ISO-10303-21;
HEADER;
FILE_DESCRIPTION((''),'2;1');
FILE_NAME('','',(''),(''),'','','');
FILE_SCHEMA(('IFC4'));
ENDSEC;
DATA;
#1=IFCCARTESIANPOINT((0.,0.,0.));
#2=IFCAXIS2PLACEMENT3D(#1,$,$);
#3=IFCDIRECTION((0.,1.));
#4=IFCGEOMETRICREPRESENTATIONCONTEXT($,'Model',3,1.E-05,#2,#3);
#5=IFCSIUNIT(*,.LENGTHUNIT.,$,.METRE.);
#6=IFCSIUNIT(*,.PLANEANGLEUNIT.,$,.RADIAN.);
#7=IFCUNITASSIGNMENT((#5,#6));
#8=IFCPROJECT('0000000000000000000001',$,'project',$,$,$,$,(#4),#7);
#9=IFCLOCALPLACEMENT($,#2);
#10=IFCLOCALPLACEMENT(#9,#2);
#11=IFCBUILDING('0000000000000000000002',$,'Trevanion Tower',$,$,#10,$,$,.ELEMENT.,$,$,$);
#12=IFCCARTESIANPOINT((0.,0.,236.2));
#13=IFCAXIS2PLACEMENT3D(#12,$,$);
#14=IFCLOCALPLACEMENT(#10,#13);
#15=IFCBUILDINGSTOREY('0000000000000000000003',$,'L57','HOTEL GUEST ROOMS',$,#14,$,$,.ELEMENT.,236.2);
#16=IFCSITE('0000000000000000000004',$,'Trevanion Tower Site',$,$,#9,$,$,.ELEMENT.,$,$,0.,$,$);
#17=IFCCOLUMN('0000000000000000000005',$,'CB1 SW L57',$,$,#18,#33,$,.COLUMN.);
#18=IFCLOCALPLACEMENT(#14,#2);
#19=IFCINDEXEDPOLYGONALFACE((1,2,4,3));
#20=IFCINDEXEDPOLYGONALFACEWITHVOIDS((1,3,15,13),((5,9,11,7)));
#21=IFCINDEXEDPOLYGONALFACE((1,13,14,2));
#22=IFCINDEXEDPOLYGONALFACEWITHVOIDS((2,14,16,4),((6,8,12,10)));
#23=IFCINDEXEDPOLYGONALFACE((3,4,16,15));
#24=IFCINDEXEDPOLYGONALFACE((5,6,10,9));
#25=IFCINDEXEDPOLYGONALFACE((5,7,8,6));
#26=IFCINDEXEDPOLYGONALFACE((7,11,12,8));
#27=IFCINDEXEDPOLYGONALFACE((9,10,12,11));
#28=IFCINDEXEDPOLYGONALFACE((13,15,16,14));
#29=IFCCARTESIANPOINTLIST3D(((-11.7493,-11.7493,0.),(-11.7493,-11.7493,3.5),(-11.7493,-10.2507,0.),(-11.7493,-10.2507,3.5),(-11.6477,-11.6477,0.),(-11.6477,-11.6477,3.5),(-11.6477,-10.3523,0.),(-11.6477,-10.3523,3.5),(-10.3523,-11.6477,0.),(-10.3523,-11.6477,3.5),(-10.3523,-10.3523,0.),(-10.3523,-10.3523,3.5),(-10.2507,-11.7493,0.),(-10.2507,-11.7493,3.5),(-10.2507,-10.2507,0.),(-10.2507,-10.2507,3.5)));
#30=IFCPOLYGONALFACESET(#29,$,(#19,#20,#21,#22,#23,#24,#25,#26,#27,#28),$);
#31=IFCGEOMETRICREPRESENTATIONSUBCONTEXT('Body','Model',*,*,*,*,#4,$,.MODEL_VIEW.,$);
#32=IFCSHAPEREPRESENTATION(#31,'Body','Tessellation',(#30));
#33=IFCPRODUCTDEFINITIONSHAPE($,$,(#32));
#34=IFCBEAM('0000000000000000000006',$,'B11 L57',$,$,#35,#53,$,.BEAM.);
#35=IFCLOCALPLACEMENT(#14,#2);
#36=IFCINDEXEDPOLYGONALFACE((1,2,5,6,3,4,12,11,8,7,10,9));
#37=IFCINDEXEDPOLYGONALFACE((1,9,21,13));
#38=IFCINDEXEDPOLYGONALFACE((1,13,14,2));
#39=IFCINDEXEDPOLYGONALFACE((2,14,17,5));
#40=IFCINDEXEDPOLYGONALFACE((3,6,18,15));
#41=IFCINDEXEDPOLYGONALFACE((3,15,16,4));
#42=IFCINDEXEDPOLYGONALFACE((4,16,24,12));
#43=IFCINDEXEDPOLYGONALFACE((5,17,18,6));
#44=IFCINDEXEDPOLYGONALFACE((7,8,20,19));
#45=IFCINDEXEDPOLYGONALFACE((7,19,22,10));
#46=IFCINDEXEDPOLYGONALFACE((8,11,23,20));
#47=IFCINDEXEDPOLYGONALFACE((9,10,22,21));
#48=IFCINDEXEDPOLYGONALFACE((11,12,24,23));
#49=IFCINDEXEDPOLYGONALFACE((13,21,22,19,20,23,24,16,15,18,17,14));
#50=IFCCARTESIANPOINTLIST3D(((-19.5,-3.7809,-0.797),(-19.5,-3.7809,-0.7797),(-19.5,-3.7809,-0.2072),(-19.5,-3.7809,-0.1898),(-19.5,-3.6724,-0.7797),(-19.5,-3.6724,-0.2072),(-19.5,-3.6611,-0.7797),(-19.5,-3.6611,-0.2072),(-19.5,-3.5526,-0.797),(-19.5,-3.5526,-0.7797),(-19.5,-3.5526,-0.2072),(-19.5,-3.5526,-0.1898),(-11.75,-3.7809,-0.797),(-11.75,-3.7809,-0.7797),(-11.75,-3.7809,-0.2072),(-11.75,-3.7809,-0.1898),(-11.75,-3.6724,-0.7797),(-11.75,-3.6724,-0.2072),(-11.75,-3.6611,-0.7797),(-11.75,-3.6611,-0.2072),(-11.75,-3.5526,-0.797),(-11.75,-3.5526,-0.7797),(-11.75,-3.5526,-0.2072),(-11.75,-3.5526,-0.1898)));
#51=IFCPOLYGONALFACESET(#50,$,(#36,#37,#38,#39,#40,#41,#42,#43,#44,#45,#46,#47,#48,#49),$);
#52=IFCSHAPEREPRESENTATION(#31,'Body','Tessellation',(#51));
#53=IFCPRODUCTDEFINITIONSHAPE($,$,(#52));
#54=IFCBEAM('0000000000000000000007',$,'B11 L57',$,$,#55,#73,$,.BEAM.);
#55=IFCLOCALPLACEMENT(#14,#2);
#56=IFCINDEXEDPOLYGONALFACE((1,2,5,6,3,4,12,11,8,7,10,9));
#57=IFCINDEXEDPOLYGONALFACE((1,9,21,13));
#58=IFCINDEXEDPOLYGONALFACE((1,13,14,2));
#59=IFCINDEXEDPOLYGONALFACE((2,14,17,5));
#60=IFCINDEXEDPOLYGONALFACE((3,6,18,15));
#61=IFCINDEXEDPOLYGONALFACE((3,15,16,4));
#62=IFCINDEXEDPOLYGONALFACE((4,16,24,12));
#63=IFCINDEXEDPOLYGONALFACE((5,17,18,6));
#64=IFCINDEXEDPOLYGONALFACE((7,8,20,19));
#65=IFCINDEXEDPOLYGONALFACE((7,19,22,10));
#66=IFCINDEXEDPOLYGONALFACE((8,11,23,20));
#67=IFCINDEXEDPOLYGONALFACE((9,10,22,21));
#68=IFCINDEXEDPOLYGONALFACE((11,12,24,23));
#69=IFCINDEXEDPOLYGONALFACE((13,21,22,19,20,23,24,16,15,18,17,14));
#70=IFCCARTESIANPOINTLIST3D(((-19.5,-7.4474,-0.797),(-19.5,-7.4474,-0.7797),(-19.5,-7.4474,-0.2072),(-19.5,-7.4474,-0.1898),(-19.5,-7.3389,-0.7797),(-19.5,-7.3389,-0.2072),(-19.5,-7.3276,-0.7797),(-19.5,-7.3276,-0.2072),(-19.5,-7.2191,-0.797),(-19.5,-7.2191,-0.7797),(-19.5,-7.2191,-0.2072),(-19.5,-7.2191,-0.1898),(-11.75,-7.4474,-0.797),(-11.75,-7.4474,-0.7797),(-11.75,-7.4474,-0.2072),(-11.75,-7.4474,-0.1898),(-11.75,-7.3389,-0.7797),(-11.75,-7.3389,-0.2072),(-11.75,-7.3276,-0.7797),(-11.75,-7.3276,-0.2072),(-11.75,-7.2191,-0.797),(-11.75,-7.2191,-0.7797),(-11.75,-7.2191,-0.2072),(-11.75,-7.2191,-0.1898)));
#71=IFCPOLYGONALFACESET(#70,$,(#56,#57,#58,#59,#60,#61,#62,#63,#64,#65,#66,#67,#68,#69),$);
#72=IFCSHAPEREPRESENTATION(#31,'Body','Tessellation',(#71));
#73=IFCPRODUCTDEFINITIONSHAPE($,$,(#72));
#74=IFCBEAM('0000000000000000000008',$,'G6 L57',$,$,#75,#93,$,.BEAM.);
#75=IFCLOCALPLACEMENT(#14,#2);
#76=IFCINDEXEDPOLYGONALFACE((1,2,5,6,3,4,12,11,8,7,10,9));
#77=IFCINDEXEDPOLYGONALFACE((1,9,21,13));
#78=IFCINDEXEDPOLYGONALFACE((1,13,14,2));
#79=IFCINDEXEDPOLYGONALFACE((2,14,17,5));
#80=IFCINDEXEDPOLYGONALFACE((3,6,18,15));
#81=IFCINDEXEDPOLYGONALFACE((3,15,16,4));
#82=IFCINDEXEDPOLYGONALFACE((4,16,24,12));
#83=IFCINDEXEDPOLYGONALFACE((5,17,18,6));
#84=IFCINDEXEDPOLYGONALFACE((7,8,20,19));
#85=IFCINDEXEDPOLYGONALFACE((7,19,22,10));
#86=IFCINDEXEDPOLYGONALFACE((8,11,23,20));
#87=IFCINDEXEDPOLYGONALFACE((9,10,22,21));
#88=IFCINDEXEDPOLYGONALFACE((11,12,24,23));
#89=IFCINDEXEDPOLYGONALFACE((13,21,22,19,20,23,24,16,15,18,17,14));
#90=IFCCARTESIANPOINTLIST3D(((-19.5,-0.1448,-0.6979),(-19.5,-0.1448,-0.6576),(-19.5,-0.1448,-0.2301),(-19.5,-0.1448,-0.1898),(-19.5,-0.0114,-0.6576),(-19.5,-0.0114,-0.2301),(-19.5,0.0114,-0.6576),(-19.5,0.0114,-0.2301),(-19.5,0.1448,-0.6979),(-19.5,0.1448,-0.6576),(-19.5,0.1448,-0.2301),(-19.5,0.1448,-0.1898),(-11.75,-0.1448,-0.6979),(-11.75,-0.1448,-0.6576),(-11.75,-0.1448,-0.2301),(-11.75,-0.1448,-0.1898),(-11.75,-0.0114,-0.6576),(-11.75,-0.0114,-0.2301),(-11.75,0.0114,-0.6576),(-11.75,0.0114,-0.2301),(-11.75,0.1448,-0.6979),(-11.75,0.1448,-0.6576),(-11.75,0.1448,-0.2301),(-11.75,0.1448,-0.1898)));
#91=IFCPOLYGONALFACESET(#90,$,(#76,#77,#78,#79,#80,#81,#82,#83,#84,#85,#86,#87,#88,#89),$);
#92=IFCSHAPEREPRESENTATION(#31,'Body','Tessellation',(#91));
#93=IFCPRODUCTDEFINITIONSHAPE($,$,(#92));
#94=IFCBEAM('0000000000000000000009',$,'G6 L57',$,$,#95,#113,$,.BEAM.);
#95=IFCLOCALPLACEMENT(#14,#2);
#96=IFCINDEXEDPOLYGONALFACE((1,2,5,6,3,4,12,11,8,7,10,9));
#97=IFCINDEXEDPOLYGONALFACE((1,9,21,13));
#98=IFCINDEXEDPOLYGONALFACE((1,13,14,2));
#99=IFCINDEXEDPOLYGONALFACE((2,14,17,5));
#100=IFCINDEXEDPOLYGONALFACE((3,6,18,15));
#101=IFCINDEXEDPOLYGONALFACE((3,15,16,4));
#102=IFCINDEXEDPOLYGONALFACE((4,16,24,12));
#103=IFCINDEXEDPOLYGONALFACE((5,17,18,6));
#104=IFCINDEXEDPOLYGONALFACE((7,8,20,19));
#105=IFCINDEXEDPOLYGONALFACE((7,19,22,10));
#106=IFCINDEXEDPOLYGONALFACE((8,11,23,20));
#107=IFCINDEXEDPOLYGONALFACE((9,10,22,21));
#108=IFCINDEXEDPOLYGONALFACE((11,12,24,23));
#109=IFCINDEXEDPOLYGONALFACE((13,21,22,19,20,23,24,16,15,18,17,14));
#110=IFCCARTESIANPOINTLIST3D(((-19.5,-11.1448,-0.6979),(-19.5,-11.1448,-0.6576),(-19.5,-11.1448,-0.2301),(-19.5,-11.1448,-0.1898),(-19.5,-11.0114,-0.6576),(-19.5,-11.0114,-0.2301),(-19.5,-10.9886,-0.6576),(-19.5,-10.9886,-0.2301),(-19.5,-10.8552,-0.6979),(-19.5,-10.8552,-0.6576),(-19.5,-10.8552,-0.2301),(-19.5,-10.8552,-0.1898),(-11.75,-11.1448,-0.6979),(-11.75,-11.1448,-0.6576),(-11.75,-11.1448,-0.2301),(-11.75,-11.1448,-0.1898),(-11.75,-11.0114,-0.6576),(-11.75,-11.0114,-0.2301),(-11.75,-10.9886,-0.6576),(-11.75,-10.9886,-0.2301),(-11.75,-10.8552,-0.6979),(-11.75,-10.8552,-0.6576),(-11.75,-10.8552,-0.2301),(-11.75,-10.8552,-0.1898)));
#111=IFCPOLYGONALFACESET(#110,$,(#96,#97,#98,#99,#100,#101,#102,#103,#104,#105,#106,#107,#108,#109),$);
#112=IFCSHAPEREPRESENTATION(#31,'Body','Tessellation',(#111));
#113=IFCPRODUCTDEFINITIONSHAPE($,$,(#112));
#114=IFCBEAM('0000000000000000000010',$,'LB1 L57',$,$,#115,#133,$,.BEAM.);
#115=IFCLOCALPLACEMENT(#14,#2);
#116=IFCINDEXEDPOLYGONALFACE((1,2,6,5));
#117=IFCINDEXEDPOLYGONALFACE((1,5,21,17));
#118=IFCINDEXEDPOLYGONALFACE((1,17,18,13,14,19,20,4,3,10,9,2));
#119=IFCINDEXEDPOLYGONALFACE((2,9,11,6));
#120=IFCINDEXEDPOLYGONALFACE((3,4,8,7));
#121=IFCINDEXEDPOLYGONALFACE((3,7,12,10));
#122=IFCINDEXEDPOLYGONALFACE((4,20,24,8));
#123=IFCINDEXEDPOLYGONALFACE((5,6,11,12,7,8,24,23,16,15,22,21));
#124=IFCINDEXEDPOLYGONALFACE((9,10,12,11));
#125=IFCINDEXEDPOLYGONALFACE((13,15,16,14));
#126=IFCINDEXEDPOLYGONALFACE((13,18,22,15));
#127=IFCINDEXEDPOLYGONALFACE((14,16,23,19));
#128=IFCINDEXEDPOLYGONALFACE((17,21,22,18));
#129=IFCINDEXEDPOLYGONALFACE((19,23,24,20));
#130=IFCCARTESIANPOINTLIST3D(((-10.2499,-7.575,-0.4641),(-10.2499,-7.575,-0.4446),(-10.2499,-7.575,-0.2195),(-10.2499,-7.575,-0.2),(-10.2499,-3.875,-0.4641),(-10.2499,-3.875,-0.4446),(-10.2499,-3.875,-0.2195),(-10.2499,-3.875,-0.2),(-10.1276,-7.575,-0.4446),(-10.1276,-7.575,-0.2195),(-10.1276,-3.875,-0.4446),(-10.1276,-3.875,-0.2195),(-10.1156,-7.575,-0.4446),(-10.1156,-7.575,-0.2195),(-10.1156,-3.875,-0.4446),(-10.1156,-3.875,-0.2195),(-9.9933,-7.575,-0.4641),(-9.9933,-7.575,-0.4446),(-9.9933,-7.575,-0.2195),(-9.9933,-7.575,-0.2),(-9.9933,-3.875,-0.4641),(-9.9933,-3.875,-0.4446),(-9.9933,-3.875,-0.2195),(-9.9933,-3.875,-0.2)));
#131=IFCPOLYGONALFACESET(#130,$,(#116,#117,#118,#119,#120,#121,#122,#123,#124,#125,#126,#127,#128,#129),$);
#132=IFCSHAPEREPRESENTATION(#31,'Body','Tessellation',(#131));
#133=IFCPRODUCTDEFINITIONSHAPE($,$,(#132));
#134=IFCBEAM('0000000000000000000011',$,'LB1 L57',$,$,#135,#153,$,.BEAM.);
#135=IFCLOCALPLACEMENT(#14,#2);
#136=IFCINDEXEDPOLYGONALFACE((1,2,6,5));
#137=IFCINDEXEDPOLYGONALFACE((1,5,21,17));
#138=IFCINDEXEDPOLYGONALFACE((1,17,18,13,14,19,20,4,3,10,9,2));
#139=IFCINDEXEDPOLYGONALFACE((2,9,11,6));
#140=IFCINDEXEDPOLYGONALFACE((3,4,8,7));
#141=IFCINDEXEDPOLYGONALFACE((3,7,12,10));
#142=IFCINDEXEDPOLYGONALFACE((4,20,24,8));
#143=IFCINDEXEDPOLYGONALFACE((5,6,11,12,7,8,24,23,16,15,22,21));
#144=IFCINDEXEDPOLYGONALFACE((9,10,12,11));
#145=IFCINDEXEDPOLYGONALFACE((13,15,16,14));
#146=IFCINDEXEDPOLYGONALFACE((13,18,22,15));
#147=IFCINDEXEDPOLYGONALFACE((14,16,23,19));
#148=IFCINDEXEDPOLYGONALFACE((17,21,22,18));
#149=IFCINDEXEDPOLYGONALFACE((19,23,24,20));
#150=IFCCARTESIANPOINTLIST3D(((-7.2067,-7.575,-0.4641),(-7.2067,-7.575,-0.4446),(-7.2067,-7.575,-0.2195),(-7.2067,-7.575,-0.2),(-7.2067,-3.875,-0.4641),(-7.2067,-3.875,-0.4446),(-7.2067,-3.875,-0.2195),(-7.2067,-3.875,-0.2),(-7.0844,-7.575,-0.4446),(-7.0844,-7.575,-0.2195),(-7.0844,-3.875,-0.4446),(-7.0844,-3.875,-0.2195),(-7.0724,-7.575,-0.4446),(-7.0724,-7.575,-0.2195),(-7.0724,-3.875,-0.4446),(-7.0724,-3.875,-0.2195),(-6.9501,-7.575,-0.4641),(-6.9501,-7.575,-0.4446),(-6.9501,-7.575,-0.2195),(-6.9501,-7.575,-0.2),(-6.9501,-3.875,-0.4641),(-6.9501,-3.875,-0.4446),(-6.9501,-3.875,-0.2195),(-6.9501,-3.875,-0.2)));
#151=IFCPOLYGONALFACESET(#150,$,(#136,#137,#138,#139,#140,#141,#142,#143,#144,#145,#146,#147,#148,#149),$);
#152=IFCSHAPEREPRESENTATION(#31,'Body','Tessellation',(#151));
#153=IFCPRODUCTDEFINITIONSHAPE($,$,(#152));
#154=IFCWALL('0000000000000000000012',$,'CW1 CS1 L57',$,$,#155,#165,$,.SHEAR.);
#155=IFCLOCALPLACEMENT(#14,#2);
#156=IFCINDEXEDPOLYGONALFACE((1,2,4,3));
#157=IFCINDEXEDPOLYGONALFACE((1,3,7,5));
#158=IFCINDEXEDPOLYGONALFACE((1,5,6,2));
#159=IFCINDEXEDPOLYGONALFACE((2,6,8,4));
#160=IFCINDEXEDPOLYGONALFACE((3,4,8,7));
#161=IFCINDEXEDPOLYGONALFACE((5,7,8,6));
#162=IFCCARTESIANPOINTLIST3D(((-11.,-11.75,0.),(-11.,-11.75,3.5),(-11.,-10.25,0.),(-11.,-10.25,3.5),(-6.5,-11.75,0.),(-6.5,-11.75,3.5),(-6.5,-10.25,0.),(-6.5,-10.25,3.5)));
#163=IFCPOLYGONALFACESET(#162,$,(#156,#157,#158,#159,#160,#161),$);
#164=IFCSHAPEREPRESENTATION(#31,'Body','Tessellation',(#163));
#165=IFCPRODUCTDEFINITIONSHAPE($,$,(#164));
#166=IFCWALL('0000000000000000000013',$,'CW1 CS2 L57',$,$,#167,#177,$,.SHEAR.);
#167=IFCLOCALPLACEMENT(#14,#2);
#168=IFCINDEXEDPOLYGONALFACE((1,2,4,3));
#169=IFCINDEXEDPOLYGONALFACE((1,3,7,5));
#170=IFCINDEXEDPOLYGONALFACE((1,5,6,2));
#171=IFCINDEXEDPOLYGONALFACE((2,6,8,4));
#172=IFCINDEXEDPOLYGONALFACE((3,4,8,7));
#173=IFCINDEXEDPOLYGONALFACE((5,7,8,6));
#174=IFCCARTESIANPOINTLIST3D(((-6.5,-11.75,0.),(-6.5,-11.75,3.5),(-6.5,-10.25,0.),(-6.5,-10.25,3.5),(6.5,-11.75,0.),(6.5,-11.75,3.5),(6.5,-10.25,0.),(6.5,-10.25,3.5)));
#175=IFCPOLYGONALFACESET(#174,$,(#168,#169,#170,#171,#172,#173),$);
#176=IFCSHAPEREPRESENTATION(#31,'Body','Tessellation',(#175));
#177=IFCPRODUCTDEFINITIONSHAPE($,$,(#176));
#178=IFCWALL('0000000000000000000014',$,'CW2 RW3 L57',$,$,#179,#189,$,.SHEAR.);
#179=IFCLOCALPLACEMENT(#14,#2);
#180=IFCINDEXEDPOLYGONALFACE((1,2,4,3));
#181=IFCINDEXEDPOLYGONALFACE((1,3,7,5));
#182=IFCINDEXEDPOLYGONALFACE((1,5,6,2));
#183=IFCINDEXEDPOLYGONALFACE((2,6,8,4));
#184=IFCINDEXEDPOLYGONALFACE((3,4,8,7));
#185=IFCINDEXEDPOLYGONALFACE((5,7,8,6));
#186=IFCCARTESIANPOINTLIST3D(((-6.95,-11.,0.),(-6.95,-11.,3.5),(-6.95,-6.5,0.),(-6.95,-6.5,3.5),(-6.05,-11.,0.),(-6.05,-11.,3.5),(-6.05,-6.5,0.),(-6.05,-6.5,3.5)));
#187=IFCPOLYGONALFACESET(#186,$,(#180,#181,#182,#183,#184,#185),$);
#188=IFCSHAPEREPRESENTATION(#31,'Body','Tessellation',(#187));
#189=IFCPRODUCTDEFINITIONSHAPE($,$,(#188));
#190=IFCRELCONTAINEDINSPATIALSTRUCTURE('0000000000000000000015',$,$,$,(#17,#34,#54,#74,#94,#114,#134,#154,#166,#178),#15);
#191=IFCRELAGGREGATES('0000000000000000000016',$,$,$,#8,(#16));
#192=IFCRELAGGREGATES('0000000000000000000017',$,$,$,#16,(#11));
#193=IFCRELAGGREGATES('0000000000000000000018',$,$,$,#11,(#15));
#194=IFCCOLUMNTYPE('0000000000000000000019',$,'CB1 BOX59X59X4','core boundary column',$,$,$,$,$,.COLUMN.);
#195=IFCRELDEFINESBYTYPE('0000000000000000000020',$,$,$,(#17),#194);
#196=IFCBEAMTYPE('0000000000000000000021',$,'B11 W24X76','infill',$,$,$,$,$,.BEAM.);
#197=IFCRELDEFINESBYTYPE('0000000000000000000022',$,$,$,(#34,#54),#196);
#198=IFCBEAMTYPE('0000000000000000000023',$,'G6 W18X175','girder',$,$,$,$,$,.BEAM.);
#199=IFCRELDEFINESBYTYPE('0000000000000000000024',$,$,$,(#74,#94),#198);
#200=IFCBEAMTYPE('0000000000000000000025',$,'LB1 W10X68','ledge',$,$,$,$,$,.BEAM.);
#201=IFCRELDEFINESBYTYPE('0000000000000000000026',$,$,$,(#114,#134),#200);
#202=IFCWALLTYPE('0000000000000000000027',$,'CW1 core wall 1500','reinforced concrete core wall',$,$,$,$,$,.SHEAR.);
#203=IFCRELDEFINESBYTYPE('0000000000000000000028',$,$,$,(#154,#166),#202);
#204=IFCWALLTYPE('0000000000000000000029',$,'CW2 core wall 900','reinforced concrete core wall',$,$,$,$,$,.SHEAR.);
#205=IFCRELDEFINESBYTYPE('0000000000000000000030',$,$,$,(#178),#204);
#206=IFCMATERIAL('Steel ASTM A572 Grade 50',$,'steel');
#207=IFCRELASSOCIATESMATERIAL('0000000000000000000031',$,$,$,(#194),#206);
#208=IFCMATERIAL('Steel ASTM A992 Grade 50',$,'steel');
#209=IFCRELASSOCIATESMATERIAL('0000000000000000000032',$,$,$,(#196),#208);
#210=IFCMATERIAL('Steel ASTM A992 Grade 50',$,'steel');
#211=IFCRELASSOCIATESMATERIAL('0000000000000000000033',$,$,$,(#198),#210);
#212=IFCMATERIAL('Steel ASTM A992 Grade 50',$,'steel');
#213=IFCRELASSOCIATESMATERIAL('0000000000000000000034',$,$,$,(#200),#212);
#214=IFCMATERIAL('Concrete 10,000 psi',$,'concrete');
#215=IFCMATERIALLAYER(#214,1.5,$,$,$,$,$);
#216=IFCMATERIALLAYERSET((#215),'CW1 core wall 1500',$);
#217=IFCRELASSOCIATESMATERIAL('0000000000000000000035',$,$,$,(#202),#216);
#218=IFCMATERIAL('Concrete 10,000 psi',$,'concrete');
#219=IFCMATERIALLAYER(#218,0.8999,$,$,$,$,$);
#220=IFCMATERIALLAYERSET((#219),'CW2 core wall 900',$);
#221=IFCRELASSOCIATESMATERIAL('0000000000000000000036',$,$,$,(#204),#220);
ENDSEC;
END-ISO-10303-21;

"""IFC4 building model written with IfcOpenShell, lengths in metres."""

from ifc_helpers import new_model, si_unit, direction, frame, frame_2d, origin, origin_2d, place, context, subcontext, project, spatial, rectangle, hollow_rectangle, i_section, extrude, material, layer, layer_set, material_profile, profile_set, type_object, element, save


model = new_model("IFC4")

# Units and contexts
model_context = context("Model", 3, precision=1e-05, world=origin(), true_north=direction((0.0, 1.0)))
body_context = subcontext(model_context, "Body", "Model", "MODEL_VIEW")
ifc_project = project(units=[si_unit("LENGTHUNIT", "METRE"), si_unit("PLANEANGLEUNIT", "RADIAN")], contexts=[model_context])

# Site, building, storey
site_placement = place(None, origin())
site = spatial("IfcSite", under=ifc_project, at=site_placement, Name="Trevanion Tower Site", CompositionType="ELEMENT", RefElevation=0.0)
building_placement = place(site_placement, origin())
building = spatial("IfcBuilding", under=site, at=building_placement, Name="Trevanion Tower", CompositionType="ELEMENT")
storey_placement = place(building_placement, frame((0.0, 0.0, 236.2)))
storey = spatial("IfcBuildingStorey", under=building, at=storey_placement, Name="L57", Description="HOTEL GUEST ROOMS", CompositionType="ELEMENT", Elevation=236.2)

# Column
ifc_material_1 = material(Name="Steel ASTM A572 Grade 50", Category="steel")
ifc_material_profile_1 = material_profile(ifc_material_1, hollow_rectangle(XDim=1.4985, YDim=1.4985, WallThickness=0.1016, at=origin_2d()), Name="BOX59X59X4")
ifc_profile_set_1 = profile_set([ifc_material_profile_1], Name="Steel ASTM A572 Grade 50")
column_type = type_object("IfcColumnType", Name="CB1 BOX59X59X4", Description="core boundary column", PredefinedType="COLUMN", material=ifc_profile_set_1)
column_placement = place(storey_placement, frame((-11.0, -11.0, 0.0), z_axis=(0.0, 0.0, 1.0), x_axis=(1.0, 0.0, 0.0)))
element("IfcColumn", 1, at=column_placement, inside=storey, type_object=column_type, Name="CB1 SW L57", PredefinedType="COLUMN", context=body_context, shape_type="SweptSolid", body=[
    extrude(hollow_rectangle(XDim=1.4985, YDim=1.4985, WallThickness=0.1016, at=origin_2d()), origin(), (0.0, 0.0, 1.0), 3.5),
])

# Beams
ifc_material_2 = material(Name="Steel ASTM A992 Grade 50", Category="steel")
ifc_material_profile_2 = material_profile(ifc_material_2, i_section(OverallWidth=0.2283, OverallDepth=0.6072, WebThickness=0.0112, FlangeThickness=0.0173, at=origin_2d()), Name="W24X76")
ifc_profile_set_2 = profile_set([ifc_material_profile_2], Name="Steel ASTM A992 Grade 50")
beam_type_1 = type_object("IfcBeamType", Name="B11 W24X76", Description="infill", PredefinedType="BEAM", material=ifc_profile_set_2)
for number, where, z_axis, x_axis, name in (
    (2, (-11.75, -3.6667, -0.4934), (-1.0, 0.0, 0.0), (0.0, -1.0, 0.0), "B11 L57"),
    (3, (-11.75, -7.3333, -0.4934), (-1.0, 0.0, 0.0), (0.0, -1.0, 0.0), "B11 L57"),
):
    element("IfcBeam", number, at=place(storey_placement, frame(where, z_axis=z_axis, x_axis=x_axis)), inside=storey, type_object=beam_type_1, Name=name, PredefinedType="BEAM", context=body_context, shape_type="SweptSolid", body=[
        extrude(i_section(OverallWidth=0.2283, OverallDepth=0.6072, WebThickness=0.0112, FlangeThickness=0.0173, at=origin_2d()), origin(), (0.0, 0.0, 1.0), 7.75),
    ])
ifc_material_3 = material(Name="Steel ASTM A992 Grade 50", Category="steel")
ifc_material_profile_3 = material_profile(ifc_material_3, i_section(OverallWidth=0.2896, OverallDepth=0.5081, WebThickness=0.0227, FlangeThickness=0.0403, at=origin_2d()), Name="W18X175")
ifc_profile_set_3 = profile_set([ifc_material_profile_3], Name="Steel ASTM A992 Grade 50")
beam_type_2 = type_object("IfcBeamType", Name="G6 W18X175", Description="girder", PredefinedType="BEAM", material=ifc_profile_set_3)
for number, where, z_axis, x_axis, name in (
    (4, (-11.75, 0.0, -0.4438), (-1.0, 0.0, 0.0), (0.0, -1.0, 0.0), "G6 L57"),
    (5, (-11.75, -11.0, -0.4438), (-1.0, 0.0, 0.0), (0.0, -1.0, 0.0), "G6 L57"),
):
    element("IfcBeam", number, at=place(storey_placement, frame(where, z_axis=z_axis, x_axis=x_axis)), inside=storey, type_object=beam_type_2, Name=name, PredefinedType="BEAM", context=body_context, shape_type="SweptSolid", body=[
        extrude(i_section(OverallWidth=0.2896, OverallDepth=0.5081, WebThickness=0.0227, FlangeThickness=0.0403, at=origin_2d()), origin(), (0.0, 0.0, 1.0), 7.75),
    ])
ifc_material_4 = material(Name="Steel ASTM A992 Grade 50", Category="steel")
ifc_material_profile_4 = material_profile(ifc_material_4, i_section(OverallWidth=0.2566, OverallDepth=0.2642, WebThickness=0.012, FlangeThickness=0.0195, at=origin_2d()), Name="W10X68")
ifc_profile_set_4 = profile_set([ifc_material_profile_4], Name="Steel ASTM A992 Grade 50")
beam_type_3 = type_object("IfcBeamType", Name="LB1 W10X68", Description="ledge", PredefinedType="BEAM", material=ifc_profile_set_4)
for number, where, z_axis, x_axis, name in (
    (6, (-10.1216, -7.575, -0.332), (0.0, 1.0, 0.0), (-1.0, 0.0, 0.0), "LB1 L57"),
    (7, (-7.0784, -7.575, -0.332), (0.0, 1.0, 0.0), (-1.0, 0.0, 0.0), "LB1 L57"),
):
    element("IfcBeam", number, at=place(storey_placement, frame(where, z_axis=z_axis, x_axis=x_axis)), inside=storey, type_object=beam_type_3, Name=name, PredefinedType="BEAM", context=body_context, shape_type="SweptSolid", body=[
        extrude(i_section(OverallWidth=0.2566, OverallDepth=0.2642, WebThickness=0.012, FlangeThickness=0.0195, at=origin_2d()), origin(), (0.0, 0.0, 1.0), 3.7),
    ])

# Walls
ifc_material_5 = material(Name="Concrete 10,000 psi", Category="concrete")
ifc_layer_1 = layer(ifc_material_5, 1.5)
ifc_layer_set_1 = layer_set([ifc_layer_1], Name="CW1 core wall 1500")
wall_type_1 = type_object("IfcWallType", Name="CW1 core wall 1500", Description="reinforced concrete core wall", PredefinedType="SHEAR", material=ifc_layer_set_1)
wall_1_placement = place(storey_placement, frame((-11.0, -11.0, 0.0), z_axis=(0.0, 0.0, 1.0), x_axis=(1.0, 0.0, 0.0)))
element("IfcWall", 8, at=wall_1_placement, inside=storey, type_object=wall_type_1, Name="CW1 CS1 L57", PredefinedType="SHEAR", context=body_context, shape_type="SweptSolid", body=[
    extrude(rectangle(XDim=4.5, YDim=1.5, at=frame_2d((2.25, 0.0))), origin(), (0.0, 0.0, 1.0), 3.5),
])
wall_2_placement = place(storey_placement, frame((-6.5, -11.0, 0.0), z_axis=(0.0, 0.0, 1.0), x_axis=(1.0, 0.0, 0.0)))
element("IfcWall", 9, at=wall_2_placement, inside=storey, type_object=wall_type_1, Name="CW1 CS2 L57", PredefinedType="SHEAR", context=body_context, shape_type="SweptSolid", body=[
    extrude(rectangle(XDim=13.0, YDim=1.5, at=frame_2d((6.5, 0.0))), origin(), (0.0, 0.0, 1.0), 3.5),
])
ifc_material_6 = material(Name="Concrete 10,000 psi", Category="concrete")
ifc_layer_2 = layer(ifc_material_6, 0.8999)
ifc_layer_set_2 = layer_set([ifc_layer_2], Name="CW2 core wall 900")
wall_type_2 = type_object("IfcWallType", Name="CW2 core wall 900", Description="reinforced concrete core wall", PredefinedType="SHEAR", material=ifc_layer_set_2)
wall_3_placement = place(storey_placement, frame((-6.5, -6.5, 0.0), z_axis=(0.0, 0.0, 1.0), x_axis=(0.0, -1.0, 0.0)))
element("IfcWall", 10, at=wall_3_placement, inside=storey, type_object=wall_type_2, Name="CW2 RW3 L57", PredefinedType="SHEAR", context=body_context, shape_type="SweptSolid", body=[
    extrude(rectangle(XDim=4.5, YDim=0.8999, at=frame_2d((2.25, 0.0))), origin(), (0.0, 0.0, 1.0), 3.5),
])

save(model, "model.ifc")
